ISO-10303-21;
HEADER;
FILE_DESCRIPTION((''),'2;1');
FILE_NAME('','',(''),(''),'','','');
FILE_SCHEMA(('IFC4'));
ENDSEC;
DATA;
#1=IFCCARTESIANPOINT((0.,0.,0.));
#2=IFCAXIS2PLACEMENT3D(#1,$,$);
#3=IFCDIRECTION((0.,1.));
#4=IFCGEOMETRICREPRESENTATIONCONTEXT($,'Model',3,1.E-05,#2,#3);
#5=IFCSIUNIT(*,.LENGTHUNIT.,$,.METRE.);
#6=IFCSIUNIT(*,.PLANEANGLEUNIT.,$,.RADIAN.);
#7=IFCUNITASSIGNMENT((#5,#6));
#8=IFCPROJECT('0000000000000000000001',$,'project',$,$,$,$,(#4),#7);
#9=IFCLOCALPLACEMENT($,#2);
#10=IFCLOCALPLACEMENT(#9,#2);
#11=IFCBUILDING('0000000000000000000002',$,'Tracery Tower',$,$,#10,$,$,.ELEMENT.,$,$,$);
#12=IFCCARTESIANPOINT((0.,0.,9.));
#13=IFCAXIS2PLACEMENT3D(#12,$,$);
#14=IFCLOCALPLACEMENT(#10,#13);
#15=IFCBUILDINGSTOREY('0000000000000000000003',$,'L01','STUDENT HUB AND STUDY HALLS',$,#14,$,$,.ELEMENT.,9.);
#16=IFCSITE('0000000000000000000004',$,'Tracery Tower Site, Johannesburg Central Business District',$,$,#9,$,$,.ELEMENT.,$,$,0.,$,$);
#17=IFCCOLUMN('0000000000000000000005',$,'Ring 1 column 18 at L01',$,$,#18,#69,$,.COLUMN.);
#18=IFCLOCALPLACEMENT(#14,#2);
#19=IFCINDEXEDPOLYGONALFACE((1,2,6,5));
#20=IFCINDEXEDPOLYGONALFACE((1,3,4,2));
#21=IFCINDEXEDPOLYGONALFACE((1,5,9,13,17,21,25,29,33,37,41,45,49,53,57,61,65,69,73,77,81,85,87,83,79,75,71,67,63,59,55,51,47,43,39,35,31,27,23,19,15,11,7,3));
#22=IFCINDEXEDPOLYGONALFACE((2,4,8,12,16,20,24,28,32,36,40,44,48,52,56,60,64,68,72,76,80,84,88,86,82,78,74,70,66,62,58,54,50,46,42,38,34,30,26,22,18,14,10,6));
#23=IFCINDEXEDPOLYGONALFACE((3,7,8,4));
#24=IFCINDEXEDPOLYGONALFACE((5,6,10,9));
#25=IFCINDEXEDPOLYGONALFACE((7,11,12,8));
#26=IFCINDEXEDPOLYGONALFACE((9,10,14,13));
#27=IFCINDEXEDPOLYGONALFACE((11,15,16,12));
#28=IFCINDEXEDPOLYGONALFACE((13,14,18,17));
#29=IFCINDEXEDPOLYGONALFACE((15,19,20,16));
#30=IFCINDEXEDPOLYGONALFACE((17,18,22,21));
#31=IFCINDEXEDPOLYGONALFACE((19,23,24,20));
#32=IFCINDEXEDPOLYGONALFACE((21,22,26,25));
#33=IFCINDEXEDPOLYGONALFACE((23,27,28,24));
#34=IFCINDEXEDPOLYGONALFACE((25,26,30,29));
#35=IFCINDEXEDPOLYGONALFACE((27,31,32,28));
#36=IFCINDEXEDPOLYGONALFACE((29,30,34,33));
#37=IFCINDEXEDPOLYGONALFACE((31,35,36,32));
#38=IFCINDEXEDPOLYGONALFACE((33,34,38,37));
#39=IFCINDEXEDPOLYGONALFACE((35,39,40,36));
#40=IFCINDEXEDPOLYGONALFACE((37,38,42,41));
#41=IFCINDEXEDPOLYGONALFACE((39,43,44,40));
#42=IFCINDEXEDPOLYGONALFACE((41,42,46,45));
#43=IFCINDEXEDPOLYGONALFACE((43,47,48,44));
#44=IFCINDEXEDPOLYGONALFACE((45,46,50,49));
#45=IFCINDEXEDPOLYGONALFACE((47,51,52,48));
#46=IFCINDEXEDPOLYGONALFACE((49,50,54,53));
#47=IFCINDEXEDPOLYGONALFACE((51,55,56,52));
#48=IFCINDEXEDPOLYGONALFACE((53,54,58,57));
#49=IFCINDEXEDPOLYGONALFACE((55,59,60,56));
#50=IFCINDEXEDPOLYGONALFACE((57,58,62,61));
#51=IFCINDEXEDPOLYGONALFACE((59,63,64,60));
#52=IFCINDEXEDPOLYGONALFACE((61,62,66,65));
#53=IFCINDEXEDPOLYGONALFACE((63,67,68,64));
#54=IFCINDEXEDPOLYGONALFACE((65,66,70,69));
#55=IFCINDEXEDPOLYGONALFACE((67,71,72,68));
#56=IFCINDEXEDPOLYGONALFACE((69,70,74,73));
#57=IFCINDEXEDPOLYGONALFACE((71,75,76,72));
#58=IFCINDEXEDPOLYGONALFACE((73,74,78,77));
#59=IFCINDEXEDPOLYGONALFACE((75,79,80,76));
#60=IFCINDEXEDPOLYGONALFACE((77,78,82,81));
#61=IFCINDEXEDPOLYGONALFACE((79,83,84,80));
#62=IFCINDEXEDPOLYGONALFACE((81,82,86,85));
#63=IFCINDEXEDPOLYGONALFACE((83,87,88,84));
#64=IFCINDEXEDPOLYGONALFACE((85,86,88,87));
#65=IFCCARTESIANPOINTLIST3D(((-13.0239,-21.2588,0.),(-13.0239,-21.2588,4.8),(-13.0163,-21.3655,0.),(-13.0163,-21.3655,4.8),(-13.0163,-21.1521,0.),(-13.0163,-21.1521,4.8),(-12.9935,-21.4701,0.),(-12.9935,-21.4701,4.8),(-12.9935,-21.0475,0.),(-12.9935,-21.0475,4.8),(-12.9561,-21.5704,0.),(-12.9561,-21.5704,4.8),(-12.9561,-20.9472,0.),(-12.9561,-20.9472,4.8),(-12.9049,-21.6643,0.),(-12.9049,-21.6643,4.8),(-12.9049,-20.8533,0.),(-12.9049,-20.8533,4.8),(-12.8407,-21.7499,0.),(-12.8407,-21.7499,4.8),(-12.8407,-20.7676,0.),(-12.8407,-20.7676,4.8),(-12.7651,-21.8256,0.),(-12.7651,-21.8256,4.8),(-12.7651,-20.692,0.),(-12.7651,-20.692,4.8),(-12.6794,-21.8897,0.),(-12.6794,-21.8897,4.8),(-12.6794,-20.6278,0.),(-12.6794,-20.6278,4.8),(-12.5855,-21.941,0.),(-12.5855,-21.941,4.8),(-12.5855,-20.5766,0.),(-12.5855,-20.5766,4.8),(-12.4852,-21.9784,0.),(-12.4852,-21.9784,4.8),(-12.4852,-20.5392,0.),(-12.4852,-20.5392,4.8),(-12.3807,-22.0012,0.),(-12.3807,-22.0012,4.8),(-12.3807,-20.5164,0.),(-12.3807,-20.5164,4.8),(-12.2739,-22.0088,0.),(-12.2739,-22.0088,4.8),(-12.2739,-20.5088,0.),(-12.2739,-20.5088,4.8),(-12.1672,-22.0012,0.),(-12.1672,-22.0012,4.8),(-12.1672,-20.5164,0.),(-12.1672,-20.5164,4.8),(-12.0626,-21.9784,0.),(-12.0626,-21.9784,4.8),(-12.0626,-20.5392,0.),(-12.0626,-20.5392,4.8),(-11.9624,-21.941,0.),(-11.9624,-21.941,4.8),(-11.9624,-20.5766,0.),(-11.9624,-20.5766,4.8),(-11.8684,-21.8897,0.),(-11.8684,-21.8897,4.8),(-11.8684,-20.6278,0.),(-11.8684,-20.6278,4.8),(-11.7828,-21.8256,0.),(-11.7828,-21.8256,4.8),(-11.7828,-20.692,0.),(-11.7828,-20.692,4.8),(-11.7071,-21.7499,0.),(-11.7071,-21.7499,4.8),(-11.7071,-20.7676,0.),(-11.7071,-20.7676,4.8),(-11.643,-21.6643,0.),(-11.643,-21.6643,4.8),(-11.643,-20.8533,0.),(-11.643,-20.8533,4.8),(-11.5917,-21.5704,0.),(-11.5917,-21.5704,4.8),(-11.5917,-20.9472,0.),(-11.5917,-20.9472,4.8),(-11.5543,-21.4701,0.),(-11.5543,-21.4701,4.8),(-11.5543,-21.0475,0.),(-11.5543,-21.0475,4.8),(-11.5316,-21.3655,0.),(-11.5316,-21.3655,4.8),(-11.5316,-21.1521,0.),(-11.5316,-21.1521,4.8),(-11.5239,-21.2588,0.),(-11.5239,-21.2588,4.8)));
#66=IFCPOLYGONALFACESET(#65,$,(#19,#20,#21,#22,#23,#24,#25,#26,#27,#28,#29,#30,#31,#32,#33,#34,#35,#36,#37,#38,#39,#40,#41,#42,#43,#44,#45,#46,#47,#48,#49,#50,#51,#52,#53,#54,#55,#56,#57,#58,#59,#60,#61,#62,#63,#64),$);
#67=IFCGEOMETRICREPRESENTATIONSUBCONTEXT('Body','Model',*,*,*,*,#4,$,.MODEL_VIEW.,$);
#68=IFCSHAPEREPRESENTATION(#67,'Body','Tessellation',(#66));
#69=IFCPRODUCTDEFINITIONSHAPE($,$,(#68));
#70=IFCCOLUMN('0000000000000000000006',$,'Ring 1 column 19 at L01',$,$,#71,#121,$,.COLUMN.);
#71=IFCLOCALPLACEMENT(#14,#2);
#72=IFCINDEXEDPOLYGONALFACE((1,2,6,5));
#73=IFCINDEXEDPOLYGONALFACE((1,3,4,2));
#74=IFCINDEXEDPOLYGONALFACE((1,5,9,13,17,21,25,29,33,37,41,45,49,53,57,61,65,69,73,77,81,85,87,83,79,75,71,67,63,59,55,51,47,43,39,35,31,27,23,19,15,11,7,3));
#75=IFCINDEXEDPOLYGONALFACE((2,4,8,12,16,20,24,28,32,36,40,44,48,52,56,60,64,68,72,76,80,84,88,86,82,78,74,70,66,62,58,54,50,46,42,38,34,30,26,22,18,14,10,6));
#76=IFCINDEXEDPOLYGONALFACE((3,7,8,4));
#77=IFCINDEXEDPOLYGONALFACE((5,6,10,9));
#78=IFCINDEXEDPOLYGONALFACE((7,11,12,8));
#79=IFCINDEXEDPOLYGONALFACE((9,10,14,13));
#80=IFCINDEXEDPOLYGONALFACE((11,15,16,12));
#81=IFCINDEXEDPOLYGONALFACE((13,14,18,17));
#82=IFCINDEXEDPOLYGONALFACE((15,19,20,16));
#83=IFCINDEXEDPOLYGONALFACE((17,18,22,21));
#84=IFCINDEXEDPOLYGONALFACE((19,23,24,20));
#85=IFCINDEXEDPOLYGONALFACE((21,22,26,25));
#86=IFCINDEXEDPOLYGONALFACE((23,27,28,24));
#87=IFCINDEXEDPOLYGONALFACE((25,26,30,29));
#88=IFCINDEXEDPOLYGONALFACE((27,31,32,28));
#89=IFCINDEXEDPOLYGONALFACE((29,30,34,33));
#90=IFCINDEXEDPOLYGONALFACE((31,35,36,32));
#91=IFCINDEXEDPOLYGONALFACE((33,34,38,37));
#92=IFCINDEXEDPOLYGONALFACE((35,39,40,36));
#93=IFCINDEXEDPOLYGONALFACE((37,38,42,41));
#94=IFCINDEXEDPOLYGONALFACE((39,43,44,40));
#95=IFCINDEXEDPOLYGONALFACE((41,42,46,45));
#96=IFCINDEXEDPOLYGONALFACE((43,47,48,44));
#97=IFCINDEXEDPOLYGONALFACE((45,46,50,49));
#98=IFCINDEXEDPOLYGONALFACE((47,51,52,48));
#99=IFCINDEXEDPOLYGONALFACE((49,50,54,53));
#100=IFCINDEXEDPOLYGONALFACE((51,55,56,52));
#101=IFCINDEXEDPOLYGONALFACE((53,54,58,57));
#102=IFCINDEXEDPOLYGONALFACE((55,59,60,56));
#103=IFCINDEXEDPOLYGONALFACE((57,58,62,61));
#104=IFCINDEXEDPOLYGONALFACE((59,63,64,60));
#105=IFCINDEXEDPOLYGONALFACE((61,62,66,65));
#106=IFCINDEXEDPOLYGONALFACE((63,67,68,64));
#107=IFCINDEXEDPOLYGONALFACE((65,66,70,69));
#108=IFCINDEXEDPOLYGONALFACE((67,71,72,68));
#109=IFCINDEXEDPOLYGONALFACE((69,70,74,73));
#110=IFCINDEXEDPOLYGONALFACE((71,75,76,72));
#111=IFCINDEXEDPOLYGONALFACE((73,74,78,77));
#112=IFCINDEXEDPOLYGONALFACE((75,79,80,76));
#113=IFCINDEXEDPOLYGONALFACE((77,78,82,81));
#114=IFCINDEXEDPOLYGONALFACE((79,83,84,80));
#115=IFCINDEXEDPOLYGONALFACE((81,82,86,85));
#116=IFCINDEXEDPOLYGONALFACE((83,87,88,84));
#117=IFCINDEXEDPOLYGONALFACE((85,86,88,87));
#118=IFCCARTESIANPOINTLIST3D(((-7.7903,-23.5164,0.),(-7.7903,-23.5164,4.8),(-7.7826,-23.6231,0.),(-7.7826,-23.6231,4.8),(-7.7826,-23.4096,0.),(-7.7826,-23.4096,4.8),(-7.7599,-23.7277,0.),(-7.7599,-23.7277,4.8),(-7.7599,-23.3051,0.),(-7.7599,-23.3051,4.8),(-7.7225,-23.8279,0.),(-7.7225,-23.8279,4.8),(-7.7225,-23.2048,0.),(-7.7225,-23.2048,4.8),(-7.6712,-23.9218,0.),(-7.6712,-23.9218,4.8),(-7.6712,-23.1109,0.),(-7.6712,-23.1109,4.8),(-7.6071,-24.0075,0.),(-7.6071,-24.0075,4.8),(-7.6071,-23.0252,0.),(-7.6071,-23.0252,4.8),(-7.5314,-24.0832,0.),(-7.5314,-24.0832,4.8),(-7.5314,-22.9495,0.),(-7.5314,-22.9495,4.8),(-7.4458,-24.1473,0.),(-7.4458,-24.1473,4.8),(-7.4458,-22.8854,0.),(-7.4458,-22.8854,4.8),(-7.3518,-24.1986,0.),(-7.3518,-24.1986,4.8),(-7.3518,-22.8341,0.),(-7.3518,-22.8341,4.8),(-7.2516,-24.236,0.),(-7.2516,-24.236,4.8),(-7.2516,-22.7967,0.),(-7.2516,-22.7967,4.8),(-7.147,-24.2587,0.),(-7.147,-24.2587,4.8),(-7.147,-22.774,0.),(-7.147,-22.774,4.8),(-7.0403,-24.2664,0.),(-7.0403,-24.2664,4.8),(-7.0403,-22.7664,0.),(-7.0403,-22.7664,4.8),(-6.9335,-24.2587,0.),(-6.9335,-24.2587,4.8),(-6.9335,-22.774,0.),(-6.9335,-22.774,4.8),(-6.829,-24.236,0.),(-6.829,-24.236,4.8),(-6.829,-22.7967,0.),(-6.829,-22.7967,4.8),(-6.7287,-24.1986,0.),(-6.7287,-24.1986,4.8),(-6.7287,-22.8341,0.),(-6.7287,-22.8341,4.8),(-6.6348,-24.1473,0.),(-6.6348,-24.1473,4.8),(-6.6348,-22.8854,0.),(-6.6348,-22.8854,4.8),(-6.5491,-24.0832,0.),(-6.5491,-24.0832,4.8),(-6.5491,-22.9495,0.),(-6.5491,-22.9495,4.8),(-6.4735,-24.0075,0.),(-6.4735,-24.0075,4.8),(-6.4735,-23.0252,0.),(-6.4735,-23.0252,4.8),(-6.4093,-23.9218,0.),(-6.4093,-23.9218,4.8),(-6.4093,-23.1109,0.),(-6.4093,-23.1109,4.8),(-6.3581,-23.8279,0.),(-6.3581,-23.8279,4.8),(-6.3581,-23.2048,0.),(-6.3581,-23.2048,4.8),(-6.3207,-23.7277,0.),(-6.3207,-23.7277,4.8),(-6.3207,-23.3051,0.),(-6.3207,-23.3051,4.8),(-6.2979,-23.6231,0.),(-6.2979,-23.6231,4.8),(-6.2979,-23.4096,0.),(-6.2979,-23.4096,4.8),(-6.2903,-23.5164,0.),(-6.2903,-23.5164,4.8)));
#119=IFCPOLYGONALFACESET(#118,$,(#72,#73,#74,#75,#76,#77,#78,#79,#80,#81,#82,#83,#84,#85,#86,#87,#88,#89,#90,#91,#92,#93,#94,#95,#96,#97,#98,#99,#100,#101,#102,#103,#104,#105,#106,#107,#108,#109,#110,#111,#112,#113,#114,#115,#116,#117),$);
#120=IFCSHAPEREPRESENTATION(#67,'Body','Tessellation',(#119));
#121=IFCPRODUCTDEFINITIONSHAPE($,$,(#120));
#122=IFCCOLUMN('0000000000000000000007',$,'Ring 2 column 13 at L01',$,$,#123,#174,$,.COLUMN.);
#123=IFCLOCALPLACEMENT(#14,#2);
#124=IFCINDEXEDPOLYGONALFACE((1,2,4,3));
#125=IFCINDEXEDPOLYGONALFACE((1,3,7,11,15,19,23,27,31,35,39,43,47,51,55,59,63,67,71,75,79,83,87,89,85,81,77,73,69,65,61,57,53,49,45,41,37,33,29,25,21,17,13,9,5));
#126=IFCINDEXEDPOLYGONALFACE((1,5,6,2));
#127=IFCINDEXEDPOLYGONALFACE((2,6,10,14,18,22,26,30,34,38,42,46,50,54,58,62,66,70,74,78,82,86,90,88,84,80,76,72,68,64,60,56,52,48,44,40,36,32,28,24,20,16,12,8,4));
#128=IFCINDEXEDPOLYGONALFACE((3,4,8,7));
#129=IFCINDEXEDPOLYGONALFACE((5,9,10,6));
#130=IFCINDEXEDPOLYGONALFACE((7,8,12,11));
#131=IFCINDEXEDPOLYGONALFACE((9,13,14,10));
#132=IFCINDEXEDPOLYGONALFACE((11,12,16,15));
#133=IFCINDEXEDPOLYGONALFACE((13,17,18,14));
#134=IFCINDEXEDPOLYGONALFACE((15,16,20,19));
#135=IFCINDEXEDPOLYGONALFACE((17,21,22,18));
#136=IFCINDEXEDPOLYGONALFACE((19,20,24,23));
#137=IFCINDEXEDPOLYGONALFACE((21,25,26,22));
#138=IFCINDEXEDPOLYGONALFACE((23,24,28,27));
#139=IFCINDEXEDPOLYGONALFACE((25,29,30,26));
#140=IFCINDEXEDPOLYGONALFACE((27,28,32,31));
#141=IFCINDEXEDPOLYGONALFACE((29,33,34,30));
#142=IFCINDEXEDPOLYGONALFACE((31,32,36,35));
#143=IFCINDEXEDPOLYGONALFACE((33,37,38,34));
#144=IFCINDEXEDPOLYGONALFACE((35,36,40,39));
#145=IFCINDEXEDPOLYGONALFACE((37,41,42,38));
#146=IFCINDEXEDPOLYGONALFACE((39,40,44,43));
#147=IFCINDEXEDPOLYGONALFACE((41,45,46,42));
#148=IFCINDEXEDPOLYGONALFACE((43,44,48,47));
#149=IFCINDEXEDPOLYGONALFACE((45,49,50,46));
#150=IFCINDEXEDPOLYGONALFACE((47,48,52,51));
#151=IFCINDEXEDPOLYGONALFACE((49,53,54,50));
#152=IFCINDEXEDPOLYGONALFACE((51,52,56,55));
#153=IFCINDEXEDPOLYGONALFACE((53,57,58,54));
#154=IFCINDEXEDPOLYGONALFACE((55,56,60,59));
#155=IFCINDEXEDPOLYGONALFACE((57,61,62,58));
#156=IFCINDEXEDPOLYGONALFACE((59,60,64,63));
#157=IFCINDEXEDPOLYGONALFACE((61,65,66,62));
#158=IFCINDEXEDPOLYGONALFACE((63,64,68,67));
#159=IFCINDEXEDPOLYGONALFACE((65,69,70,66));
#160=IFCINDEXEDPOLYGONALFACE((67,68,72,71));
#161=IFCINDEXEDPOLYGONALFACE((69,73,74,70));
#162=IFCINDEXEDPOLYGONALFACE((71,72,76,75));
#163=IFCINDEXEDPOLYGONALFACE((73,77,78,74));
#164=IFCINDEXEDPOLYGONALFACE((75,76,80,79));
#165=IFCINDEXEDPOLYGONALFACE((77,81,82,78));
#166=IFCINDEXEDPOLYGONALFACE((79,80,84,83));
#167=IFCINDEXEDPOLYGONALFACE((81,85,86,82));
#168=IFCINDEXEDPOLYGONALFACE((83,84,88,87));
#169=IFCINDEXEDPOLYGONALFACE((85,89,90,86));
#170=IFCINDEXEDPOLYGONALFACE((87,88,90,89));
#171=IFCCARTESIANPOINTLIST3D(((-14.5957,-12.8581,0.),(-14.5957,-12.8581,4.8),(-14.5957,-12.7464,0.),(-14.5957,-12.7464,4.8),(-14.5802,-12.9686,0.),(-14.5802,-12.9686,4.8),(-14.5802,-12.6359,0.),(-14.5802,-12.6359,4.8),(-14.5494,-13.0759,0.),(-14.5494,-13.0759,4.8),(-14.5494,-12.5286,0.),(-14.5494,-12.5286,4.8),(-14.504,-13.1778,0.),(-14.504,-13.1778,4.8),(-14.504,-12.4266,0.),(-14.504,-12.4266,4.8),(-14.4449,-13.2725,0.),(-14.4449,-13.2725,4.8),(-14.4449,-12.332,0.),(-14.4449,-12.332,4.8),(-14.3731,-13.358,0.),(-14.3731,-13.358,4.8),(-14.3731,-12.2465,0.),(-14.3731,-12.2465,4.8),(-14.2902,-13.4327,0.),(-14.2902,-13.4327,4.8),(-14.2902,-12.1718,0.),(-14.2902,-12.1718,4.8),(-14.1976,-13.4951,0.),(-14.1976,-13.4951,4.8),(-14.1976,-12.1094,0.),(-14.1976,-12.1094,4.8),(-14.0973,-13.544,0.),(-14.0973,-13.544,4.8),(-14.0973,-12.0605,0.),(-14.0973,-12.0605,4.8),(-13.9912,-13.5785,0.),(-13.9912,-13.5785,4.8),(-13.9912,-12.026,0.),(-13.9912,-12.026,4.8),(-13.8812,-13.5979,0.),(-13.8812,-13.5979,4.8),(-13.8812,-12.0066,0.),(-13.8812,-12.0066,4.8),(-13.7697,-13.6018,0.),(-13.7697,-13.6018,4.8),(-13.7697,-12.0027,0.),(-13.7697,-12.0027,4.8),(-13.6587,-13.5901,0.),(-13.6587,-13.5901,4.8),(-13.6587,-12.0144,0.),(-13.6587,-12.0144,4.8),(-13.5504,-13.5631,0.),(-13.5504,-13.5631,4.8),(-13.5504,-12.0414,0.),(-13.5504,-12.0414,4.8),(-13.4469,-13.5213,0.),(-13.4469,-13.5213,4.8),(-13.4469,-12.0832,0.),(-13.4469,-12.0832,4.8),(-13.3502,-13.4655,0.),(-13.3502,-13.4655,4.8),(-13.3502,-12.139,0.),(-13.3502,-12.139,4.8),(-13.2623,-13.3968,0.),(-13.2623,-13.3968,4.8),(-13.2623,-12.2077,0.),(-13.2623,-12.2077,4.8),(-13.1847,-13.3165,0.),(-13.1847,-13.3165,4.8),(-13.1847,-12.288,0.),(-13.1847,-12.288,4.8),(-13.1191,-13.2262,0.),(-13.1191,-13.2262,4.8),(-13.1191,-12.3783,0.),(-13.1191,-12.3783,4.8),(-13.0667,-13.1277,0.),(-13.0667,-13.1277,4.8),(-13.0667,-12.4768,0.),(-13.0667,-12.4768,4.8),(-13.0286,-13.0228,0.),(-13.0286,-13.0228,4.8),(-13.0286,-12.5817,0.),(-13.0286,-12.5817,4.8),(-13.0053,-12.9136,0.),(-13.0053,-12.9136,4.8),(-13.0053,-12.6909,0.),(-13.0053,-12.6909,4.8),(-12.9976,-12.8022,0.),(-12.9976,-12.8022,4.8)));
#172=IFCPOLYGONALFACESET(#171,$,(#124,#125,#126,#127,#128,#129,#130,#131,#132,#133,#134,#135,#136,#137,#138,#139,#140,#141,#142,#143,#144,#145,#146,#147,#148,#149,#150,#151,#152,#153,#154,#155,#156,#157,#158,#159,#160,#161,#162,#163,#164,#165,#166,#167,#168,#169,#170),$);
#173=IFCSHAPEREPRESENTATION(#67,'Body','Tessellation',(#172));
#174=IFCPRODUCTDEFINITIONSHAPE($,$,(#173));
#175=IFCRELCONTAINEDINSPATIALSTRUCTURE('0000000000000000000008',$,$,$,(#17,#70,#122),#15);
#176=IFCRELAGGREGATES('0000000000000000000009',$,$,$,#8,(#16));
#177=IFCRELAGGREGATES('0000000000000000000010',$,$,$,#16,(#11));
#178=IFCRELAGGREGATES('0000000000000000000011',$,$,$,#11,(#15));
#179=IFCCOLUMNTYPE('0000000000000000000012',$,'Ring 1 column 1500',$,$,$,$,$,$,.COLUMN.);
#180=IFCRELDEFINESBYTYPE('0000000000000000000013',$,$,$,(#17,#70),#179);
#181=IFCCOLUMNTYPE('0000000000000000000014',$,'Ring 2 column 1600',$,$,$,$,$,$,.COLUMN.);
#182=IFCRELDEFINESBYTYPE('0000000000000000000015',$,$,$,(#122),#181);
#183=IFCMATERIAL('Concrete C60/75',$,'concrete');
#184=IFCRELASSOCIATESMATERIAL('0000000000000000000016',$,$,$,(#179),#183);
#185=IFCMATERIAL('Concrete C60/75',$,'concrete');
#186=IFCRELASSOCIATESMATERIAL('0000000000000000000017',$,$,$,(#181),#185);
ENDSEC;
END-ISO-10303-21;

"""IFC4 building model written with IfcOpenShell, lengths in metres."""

from ifc_helpers import new_model, si_unit, direction, frame, origin, origin_2d, place, context, subcontext, project, spatial, circle, extrude, material, material_profile, profile_set, type_object, element, save


model = new_model("IFC4")

# Units and contexts
model_context = context("Model", 3, precision=1e-05, world=origin(), true_north=direction((0.0, 1.0)))
body_context = subcontext(model_context, "Body", "Model", "MODEL_VIEW")
ifc_project = project(units=[si_unit("LENGTHUNIT", "METRE"), si_unit("PLANEANGLEUNIT", "RADIAN")], contexts=[model_context])

# Site, building, storey
site_placement = place(None, origin())
site = spatial("IfcSite", under=ifc_project, at=site_placement, Name="Tracery Tower Site, Johannesburg Central Business District", CompositionType="ELEMENT", RefElevation=0.0)
building_placement = place(site_placement, origin())
building = spatial("IfcBuilding", under=site, at=building_placement, Name="Tracery Tower", CompositionType="ELEMENT")
storey_placement = place(building_placement, frame((0.0, 0.0, 9.0)))
storey = spatial("IfcBuildingStorey", under=building, at=storey_placement, Name="L01", Description="STUDENT HUB AND STUDY HALLS", CompositionType="ELEMENT", Elevation=9.0)

# Columns
ifc_material_1 = material(Name="Concrete C60/75", Category="concrete")
ifc_material_profile_1 = material_profile(ifc_material_1, circle(Radius=0.75, at=origin_2d()), Name="RC D1500")
ifc_profile_set_1 = profile_set([ifc_material_profile_1], Name="Concrete C60/75")
column_type_1 = type_object("IfcColumnType", Name="Ring 1 column 1500", PredefinedType="COLUMN", material=ifc_profile_set_1)
for number, where, z_axis, x_axis, name in (
    (1, (-12.2739, -21.2588, 0.0), (0.0, 0.0, 1.0), (1.0, 0.0, 0.0), "Ring 1 column 18 at L01"),
    (2, (-7.0403, -23.5164, 0.0), (0.0, 0.0, 1.0), (1.0, 0.0, 0.0), "Ring 1 column 19 at L01"),
):
    element("IfcColumn", number, at=place(storey_placement, frame(where, z_axis=z_axis, x_axis=x_axis)), inside=storey, type_object=column_type_1, Name=name, PredefinedType="COLUMN", context=body_context, shape_type="SweptSolid", body=[
        extrude(circle(Radius=0.75, at=origin_2d()), origin(), (0.0, 0.0, 1.0), 4.8),
    ])
ifc_material_2 = material(Name="Concrete C60/75", Category="concrete")
ifc_material_profile_2 = material_profile(ifc_material_2, circle(Radius=0.8, at=origin_2d()), Name="RC D1600")
ifc_profile_set_2 = profile_set([ifc_material_profile_2], Name="Concrete C60/75")
column_type_2 = type_object("IfcColumnType", Name="Ring 2 column 1600", PredefinedType="COLUMN", material=ifc_profile_set_2)
for number, where, z_axis, x_axis, name in (
    (3, (-13.7976, -12.8022, 0.0), (0.0, 0.0, 1.0), (1.0, 0.0, 0.0), "Ring 2 column 13 at L01"),
):
    element("IfcColumn", number, at=place(storey_placement, frame(where, z_axis=z_axis, x_axis=x_axis)), inside=storey, type_object=column_type_2, Name=name, PredefinedType="COLUMN", context=body_context, shape_type="SweptSolid", body=[
        extrude(circle(Radius=0.8, at=origin_2d()), origin(), (0.0, 0.0, 1.0), 4.8),
    ])

save(model, "model.ifc")
